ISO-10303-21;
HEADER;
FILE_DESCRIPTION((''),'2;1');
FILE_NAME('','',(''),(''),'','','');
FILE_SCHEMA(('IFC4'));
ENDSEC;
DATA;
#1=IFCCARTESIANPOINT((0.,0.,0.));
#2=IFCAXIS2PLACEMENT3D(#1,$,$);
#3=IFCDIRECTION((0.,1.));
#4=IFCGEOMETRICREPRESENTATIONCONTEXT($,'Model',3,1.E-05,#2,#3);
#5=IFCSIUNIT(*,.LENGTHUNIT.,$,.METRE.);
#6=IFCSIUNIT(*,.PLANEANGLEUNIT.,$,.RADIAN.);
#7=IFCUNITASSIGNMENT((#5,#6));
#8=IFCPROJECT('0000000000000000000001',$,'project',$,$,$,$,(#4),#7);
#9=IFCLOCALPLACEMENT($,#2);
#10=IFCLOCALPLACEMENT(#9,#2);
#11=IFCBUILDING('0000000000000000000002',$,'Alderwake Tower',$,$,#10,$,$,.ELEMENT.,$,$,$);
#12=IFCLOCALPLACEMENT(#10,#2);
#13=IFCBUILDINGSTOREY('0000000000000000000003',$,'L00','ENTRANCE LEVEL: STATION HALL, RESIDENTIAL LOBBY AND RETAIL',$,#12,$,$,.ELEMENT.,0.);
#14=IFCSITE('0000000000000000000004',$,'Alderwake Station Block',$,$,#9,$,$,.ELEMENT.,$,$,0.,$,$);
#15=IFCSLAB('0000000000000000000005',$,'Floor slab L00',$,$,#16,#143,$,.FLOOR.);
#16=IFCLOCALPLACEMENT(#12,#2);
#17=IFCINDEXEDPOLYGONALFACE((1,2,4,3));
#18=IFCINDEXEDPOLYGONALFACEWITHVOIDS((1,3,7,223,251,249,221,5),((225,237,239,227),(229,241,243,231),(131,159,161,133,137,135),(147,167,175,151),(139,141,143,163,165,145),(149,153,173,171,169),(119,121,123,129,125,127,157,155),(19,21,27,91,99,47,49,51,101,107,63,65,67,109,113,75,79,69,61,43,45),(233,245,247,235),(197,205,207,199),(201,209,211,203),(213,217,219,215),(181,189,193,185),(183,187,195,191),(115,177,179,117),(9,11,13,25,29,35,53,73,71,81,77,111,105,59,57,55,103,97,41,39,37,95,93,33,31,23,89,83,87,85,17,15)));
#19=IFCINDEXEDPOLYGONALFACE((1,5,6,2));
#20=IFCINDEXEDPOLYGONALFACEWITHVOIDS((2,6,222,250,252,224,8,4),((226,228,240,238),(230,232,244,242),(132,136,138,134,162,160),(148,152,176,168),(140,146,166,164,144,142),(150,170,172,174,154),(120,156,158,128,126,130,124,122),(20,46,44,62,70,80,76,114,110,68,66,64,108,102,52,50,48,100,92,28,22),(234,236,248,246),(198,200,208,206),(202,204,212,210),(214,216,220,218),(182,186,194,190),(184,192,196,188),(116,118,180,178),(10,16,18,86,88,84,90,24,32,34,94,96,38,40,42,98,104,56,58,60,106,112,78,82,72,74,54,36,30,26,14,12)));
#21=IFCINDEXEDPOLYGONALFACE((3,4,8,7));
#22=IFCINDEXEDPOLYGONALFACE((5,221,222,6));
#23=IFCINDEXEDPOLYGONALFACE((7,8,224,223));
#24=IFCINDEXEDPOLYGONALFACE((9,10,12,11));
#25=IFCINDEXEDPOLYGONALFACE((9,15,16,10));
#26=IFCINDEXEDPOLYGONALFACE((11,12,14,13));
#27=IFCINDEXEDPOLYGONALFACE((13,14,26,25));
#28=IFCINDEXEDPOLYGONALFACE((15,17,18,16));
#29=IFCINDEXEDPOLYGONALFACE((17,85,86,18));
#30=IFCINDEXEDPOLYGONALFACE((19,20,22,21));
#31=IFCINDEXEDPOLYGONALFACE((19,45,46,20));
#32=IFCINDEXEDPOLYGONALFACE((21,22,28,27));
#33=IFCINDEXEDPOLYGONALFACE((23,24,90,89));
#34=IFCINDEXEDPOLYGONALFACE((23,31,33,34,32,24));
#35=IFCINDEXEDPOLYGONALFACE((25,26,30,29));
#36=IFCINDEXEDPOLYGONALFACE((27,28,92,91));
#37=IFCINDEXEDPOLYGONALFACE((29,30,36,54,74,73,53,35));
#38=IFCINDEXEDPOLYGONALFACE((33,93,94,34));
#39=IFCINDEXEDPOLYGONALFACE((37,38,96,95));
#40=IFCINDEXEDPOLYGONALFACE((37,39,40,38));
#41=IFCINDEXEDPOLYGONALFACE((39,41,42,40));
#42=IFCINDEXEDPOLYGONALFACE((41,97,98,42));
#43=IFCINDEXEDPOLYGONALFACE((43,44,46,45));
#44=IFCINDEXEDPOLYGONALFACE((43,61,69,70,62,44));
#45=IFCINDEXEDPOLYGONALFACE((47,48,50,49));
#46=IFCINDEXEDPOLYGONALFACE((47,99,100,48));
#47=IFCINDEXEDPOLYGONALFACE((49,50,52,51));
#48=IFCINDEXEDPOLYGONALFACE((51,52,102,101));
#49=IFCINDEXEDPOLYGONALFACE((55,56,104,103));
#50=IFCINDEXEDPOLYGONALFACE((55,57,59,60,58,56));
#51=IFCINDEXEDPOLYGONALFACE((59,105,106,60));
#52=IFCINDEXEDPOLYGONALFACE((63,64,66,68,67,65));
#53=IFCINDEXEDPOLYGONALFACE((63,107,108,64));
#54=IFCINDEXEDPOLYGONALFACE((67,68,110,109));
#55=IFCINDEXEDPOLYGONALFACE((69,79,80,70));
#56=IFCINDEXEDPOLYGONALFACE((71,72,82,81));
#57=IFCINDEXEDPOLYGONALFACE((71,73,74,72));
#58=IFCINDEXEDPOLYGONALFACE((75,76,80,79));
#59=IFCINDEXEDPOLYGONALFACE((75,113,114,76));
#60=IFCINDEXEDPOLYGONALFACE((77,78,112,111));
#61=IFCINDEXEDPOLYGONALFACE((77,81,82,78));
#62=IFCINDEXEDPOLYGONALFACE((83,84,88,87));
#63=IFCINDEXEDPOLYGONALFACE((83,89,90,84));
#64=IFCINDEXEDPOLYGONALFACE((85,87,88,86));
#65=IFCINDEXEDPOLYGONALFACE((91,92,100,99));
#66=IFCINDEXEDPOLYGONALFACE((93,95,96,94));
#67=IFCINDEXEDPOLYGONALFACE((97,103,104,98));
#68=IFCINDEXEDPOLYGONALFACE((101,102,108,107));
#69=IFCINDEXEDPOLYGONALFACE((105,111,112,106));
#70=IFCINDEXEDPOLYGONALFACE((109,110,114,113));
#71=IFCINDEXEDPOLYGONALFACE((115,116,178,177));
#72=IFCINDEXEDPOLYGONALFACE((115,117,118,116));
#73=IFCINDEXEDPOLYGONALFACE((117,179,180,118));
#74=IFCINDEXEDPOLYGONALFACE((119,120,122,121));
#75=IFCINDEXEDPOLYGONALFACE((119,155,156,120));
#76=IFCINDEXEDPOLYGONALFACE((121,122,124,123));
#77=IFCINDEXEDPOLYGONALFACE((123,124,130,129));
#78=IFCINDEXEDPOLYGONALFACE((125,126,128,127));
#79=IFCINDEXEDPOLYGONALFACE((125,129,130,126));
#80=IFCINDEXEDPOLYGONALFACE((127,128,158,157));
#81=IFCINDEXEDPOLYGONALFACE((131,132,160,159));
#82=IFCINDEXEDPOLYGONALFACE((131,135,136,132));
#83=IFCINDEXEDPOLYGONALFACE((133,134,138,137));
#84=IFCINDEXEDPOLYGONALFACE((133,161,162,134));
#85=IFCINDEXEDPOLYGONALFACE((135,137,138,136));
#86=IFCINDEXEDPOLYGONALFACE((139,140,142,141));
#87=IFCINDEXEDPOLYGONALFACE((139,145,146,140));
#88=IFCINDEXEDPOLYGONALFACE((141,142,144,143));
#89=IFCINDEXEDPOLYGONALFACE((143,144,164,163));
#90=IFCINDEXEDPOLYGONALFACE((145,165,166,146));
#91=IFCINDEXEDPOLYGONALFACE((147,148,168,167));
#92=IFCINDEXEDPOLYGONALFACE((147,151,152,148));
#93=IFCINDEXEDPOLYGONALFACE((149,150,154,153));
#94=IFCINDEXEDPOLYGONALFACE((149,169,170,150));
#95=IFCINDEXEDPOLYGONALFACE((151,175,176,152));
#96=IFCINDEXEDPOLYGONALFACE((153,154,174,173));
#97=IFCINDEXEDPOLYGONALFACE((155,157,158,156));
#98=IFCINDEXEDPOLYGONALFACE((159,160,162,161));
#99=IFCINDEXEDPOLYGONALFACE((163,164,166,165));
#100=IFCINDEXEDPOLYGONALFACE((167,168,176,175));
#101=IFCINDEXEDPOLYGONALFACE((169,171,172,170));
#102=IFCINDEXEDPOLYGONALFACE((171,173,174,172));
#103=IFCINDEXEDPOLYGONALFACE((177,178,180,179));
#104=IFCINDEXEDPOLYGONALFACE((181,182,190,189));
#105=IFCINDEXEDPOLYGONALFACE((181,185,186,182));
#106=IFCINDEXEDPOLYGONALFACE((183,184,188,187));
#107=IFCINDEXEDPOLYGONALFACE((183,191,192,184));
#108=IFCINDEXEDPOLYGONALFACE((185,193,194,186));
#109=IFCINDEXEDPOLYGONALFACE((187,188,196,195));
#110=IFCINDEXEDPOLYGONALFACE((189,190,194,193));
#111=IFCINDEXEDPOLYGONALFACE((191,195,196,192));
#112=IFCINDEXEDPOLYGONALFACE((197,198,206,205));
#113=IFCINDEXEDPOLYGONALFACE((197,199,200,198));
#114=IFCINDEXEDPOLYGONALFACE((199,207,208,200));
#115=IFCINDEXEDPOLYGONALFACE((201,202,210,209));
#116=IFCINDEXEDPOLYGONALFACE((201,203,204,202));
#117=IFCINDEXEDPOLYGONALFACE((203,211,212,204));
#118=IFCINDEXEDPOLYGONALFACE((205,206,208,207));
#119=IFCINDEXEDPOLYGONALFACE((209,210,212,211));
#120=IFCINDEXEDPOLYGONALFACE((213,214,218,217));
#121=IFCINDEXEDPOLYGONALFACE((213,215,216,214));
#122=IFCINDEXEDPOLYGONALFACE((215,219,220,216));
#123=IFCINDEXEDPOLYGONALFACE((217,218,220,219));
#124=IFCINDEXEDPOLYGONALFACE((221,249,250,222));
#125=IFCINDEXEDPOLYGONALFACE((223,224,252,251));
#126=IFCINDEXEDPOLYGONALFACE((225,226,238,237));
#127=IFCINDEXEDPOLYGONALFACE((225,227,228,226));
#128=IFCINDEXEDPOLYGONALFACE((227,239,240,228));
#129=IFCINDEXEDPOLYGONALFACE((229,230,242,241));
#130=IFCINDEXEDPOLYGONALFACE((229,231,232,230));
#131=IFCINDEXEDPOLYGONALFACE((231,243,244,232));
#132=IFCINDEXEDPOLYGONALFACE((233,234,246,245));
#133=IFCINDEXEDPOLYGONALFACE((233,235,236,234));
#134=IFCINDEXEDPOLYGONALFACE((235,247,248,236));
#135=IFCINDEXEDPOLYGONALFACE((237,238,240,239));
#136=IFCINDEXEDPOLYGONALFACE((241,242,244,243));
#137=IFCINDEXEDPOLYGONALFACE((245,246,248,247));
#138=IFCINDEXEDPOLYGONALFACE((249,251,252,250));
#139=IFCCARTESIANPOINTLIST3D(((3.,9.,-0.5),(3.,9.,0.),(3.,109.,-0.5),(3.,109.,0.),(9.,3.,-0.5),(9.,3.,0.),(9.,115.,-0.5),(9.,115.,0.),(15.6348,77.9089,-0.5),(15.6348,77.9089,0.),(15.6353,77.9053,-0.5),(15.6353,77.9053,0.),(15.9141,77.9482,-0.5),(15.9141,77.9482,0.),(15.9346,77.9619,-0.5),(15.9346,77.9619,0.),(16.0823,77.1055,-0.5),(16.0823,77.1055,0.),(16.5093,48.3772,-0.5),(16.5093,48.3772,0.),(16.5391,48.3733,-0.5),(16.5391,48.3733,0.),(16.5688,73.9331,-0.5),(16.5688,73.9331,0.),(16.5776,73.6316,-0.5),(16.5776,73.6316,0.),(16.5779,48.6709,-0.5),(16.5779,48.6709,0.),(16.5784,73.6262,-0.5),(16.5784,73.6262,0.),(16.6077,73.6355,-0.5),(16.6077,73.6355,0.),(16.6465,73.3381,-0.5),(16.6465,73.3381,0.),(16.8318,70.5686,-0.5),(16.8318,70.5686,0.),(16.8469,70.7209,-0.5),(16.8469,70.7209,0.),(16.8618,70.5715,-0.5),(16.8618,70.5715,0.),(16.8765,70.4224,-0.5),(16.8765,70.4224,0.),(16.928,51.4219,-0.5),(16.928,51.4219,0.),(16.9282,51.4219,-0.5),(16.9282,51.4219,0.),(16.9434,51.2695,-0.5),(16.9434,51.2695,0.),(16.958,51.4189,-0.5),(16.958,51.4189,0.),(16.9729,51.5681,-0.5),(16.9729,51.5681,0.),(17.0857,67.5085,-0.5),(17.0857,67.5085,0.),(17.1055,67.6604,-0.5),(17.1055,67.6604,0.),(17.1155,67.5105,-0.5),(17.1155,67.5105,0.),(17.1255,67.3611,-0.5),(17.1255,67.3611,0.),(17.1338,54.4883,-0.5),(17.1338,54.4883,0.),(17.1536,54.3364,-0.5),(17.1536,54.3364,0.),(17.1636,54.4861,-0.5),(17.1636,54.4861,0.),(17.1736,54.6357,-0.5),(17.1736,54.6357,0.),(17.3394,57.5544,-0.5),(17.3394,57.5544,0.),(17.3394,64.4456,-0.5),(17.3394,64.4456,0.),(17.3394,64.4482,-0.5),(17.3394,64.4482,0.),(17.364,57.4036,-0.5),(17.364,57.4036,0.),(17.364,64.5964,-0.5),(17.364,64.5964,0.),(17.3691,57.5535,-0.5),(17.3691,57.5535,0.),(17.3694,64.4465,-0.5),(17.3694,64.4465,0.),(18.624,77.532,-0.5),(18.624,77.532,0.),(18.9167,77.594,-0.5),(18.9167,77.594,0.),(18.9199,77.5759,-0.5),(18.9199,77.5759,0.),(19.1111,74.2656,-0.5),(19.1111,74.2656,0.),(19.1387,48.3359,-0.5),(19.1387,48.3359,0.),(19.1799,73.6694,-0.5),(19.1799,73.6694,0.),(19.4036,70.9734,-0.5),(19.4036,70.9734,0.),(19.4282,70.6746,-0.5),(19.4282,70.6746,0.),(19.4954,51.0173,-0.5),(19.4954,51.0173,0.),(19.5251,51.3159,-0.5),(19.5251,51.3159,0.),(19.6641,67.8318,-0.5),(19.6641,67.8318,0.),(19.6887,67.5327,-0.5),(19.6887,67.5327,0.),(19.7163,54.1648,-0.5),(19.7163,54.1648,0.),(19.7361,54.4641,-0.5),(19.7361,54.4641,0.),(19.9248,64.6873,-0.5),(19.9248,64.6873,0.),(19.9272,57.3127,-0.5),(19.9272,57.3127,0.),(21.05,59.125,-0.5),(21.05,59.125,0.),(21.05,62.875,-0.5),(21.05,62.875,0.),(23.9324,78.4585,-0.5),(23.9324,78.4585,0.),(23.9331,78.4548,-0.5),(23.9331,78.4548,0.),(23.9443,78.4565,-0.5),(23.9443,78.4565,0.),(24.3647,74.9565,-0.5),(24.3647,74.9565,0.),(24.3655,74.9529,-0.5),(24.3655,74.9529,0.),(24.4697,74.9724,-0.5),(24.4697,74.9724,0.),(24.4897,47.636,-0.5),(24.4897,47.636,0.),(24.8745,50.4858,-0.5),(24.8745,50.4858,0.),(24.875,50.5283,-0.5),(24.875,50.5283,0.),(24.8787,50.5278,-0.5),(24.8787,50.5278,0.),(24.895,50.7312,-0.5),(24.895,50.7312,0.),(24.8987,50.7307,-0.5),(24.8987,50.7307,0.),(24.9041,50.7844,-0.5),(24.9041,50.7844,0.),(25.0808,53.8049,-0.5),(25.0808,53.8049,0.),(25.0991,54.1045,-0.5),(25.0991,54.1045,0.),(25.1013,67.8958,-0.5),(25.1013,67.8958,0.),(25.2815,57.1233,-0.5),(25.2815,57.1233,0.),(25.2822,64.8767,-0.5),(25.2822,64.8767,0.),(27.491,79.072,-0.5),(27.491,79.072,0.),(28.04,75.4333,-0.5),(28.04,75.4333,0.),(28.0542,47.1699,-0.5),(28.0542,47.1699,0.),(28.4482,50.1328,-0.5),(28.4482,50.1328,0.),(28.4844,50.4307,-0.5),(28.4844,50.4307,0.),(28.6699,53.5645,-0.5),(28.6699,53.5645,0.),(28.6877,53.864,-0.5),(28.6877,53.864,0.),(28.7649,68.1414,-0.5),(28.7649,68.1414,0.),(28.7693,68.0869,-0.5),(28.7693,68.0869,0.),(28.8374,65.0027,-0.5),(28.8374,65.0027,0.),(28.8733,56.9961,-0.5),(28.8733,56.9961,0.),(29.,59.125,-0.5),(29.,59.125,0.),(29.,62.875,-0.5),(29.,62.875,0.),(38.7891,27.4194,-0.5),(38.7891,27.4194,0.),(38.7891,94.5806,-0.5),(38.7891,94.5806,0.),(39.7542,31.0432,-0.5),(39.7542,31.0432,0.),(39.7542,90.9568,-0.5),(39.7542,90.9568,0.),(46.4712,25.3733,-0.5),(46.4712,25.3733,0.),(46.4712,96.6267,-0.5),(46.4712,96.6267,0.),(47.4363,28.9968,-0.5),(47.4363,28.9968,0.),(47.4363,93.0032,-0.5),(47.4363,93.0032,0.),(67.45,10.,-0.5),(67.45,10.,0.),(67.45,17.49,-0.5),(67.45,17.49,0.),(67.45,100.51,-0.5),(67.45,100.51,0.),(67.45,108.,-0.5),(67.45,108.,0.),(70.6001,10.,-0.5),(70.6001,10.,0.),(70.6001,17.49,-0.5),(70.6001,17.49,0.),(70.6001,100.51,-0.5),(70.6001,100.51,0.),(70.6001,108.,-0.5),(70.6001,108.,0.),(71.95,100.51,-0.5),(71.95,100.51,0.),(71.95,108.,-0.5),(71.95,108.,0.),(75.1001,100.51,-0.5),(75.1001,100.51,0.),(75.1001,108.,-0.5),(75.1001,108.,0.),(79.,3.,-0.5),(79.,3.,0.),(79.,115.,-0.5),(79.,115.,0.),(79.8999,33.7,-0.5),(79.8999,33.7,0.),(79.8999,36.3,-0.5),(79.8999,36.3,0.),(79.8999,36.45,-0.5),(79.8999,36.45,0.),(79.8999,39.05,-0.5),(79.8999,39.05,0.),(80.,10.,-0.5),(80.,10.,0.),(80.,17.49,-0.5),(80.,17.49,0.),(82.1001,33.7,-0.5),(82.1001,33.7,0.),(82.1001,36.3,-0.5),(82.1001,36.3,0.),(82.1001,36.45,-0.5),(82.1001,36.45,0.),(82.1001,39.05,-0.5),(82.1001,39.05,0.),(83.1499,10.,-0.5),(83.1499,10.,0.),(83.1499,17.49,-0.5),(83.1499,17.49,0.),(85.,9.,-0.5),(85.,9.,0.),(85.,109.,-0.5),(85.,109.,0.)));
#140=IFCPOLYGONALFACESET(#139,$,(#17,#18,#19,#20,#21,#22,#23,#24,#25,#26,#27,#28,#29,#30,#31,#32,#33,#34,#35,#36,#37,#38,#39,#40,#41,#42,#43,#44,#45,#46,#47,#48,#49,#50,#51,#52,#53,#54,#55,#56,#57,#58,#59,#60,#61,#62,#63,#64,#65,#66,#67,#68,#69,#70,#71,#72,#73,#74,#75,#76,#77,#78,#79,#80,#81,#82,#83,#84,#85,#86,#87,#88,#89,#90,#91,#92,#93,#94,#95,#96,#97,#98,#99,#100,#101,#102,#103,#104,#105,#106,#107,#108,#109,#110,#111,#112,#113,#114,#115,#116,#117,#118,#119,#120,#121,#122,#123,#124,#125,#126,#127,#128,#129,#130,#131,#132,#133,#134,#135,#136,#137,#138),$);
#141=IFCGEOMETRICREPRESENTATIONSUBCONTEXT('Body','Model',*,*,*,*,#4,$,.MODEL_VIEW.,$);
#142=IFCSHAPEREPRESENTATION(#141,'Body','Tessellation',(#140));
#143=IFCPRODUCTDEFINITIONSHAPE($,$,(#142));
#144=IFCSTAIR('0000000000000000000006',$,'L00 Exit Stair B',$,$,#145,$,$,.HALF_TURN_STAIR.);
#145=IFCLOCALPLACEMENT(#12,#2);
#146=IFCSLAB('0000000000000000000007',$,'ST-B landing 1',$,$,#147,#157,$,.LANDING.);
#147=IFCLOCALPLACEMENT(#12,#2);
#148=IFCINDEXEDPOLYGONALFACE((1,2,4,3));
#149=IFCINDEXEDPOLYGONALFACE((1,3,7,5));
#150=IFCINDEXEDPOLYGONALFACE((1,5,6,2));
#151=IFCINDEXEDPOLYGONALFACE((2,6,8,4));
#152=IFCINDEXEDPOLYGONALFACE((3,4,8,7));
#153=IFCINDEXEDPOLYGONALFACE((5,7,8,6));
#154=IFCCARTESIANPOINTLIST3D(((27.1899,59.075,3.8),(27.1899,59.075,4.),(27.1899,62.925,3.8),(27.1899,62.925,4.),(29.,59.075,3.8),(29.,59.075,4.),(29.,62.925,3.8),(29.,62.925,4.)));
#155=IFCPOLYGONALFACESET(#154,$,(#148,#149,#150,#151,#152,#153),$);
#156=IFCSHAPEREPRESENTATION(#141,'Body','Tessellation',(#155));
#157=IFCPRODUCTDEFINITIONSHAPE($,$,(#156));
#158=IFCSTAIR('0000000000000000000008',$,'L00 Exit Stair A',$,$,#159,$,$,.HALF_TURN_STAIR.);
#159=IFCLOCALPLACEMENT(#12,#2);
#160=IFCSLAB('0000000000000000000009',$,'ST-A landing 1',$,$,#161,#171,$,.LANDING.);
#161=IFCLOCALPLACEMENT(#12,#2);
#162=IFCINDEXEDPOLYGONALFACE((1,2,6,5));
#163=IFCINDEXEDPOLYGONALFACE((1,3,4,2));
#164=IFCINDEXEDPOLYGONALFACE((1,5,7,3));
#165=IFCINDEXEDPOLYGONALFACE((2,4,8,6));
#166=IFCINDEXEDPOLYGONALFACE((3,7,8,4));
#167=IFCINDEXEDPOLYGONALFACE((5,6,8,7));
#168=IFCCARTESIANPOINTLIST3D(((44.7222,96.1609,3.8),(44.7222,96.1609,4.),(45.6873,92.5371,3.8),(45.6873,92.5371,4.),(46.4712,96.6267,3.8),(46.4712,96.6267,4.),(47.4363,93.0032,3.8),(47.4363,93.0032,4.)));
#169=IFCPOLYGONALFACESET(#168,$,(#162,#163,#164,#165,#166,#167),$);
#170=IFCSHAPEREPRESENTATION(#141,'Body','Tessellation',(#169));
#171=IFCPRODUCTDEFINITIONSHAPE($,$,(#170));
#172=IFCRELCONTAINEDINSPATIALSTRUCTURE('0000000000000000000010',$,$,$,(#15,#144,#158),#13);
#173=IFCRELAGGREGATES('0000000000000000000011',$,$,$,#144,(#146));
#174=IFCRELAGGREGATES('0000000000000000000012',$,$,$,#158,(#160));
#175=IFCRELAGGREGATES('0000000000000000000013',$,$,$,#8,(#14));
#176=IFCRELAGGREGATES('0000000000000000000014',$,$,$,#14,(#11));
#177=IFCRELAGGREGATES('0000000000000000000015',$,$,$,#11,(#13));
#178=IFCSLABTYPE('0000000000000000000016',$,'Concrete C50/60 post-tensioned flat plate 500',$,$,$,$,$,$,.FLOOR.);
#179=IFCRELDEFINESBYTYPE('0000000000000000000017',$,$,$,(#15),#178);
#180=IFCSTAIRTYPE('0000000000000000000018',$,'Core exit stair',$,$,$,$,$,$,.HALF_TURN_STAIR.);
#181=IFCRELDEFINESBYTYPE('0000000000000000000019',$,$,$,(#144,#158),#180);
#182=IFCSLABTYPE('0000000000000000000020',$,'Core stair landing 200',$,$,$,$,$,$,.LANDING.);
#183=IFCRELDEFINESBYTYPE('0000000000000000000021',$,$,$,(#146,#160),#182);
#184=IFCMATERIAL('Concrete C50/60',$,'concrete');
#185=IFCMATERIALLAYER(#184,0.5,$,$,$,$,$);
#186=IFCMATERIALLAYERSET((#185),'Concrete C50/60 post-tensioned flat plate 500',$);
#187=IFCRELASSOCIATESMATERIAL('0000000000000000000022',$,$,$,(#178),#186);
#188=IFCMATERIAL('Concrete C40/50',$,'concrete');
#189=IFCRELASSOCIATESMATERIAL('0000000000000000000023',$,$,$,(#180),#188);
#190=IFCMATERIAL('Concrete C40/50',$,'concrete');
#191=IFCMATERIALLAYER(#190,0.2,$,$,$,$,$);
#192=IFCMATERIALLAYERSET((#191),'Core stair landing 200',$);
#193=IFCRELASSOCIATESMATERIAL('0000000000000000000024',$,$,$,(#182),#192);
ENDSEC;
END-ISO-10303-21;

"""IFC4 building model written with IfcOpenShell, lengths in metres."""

from ifc_helpers import new_model, si_unit, direction, frame, origin, place, context, subcontext, project, spatial, polyline, outline, extrude, material, layer, layer_set, type_object, element, aggregate, save


model = new_model("IFC4")

# Units and contexts
model_context = context("Model", 3, precision=1e-05, world=origin(), true_north=direction((0.0, 1.0)))
body_context = subcontext(model_context, "Body", "Model", "MODEL_VIEW")
ifc_project = project(units=[si_unit("LENGTHUNIT", "METRE"), si_unit("PLANEANGLEUNIT", "RADIAN")], contexts=[model_context])

# Site, building, storey
site_placement = place(None, origin())
site = spatial("IfcSite", under=ifc_project, at=site_placement, Name="Alderwake Station Block", CompositionType="ELEMENT", RefElevation=0.0)
building_placement = place(site_placement, origin())
building = spatial("IfcBuilding", under=site, at=building_placement, Name="Alderwake Tower", CompositionType="ELEMENT")
storey_placement = place(building_placement, origin())
storey = spatial("IfcBuildingStorey", under=building, at=storey_placement, Name="L00", Description="ENTRANCE LEVEL: STATION HALL, RESIDENTIAL LOBBY AND RETAIL", CompositionType="ELEMENT", Elevation=0.0)

# Slab
ifc_material_1 = material(Name="Concrete C50/60", Category="concrete")
ifc_layer_1 = layer(ifc_material_1, 0.5)
ifc_layer_set_1 = layer_set([ifc_layer_1], Name="Concrete C50/60 post-tensioned flat plate 500")
slab_type_1 = type_object("IfcSlabType", Name="Concrete C50/60 post-tensioned flat plate 500", PredefinedType="FLOOR", material=ifc_layer_set_1)
slab_1_placement = place(storey_placement, frame((0.0, 0.0, -0.5)))
element("IfcSlab", 1, at=slab_1_placement, inside=storey, type_object=slab_type_1, Name="Floor slab L00", PredefinedType="FLOOR", context=body_context, shape_type="SweptSolid", body=[
    extrude(outline(polyline([(3.0, 9.0), (3.0, 109.0), (9.0, 115.0), (79.0, 115.0), (85.0, 109.0), (85.0, 9.0), (79.0, 3.0), (9.0, 3.0), (3.0, 9.0)]), holes=[polyline([(28.4482, 50.1328), (24.8745, 50.4858), (24.8787, 50.5278), (24.875, 50.5283), (24.4897, 47.636), (28.0542, 47.1699), (28.4482, 50.1328)]), polyline([(19.4954, 51.0173), (16.9434, 51.2695), (16.958, 51.4189), (16.9729, 51.5681), (19.5251, 51.3159), (19.7163, 54.1648), (17.1536, 54.3364), (17.1636, 54.4861), (17.1736, 54.6357), (19.7361, 54.4641), (19.9272, 57.3127), (17.364, 57.4036), (17.3691, 57.5535), (17.3394, 57.5544), (17.1338, 54.4883), (16.928, 51.4219), (16.9282, 51.4219), (16.5093, 48.3772), (16.5391, 48.3733), (16.5779, 48.6709), (19.1387, 48.3359), (19.4954, 51.0173)]), polyline([(28.6699, 53.5645), (25.0808, 53.8049), (24.895, 50.7312), (24.8987, 50.7307), (24.9041, 50.7844), (28.4844, 50.4307), (28.6699, 53.5645)]), polyline([(29.0, 59.125), (29.0, 62.875), (21.05, 62.875), (21.05, 59.125), (29.0, 59.125)]), polyline([(19.9248, 64.6873), (19.6887, 67.5327), (17.1255, 67.3611), (17.1155, 67.5105), (17.1055, 67.6604), (19.6641, 67.8318), (19.4282, 70.6746), (16.8765, 70.4224), (16.8618, 70.5715), (16.8469, 70.7209), (19.4036, 70.9734), (19.1799, 73.6694), (16.6465, 73.3381), (16.6077, 73.6355), (16.5688, 73.9331), (19.1111, 74.2656), (18.624, 77.532), (18.9199, 77.5759), (18.9167, 77.594), (16.0823, 77.1055), (15.9346, 77.9619), (15.6348, 77.9089), (15.6353, 77.9053), (15.9141, 77.9482), (16.5776, 73.6316), (16.5784, 73.6262), (16.8318, 70.5686), (17.0857, 67.5085), (17.3394, 64.4482), (17.3394, 64.4456), (17.3694, 64.4465), (17.364, 64.5964), (19.9248, 64.6873)]), polyline([(28.04, 75.4333), (27.491, 79.072), (23.9324, 78.4585), (23.9331, 78.4548), (23.9443, 78.4565), (24.4697, 74.9724), (24.3647, 74.9565), (24.3655, 74.9529), (28.04, 75.4333)]), polyline([(67.45, 10.0), (70.6001, 10.0), (70.6001, 17.49), (67.45, 17.49), (67.45, 10.0)]), polyline([(80.0, 10.0), (83.1499, 10.0), (83.1499, 17.49), (80.0, 17.49), (80.0, 10.0)]), polyline([(38.7891, 27.4194), (46.4712, 25.3733), (47.4363, 28.9968), (39.7542, 31.0432), (38.7891, 27.4194)]), polyline([(79.8999, 33.7), (82.1001, 33.7), (82.1001, 36.3), (79.8999, 36.3), (79.8999, 33.7)]), polyline([(82.1001, 36.45), (82.1001, 39.05), (79.8999, 39.05), (79.8999, 36.45), (82.1001, 36.45)]), polyline([(25.0991, 54.1045), (28.6877, 53.864), (28.8733, 56.9961), (25.2815, 57.1233), (25.0991, 54.1045)]), polyline([(25.2822, 64.8767), (28.8374, 65.0027), (28.7693, 68.0869), (28.7649, 68.1414), (25.1013, 67.8958), (25.2822, 64.8767)]), polyline([(47.4363, 93.0032), (46.4712, 96.6267), (38.7891, 94.5806), (39.7542, 90.9568), (47.4363, 93.0032)]), polyline([(70.6001, 100.51), (70.6001, 108.0), (67.45, 108.0), (67.45, 100.51), (70.6001, 100.51)]), polyline([(75.1001, 100.51), (75.1001, 108.0), (71.95, 108.0), (71.95, 100.51), (75.1001, 100.51)])]), origin(), (0.0, 0.0, 1.0), 0.5),
])

# Stairs, slabs
ifc_material_2 = material(Name="Concrete C40/50", Category="concrete")
stair_type_1 = type_object("IfcStairType", Name="Core exit stair", PredefinedType="HALF_TURN_STAIR", material=ifc_material_2)
stair_1_placement = place(storey_placement, origin())
stair_1 = element("IfcStair", 2, at=stair_1_placement, inside=storey, type_object=stair_type_1, Name="L00 Exit Stair B", PredefinedType="HALF_TURN_STAIR")
ifc_material_3 = material(Name="Concrete C40/50", Category="concrete")
ifc_layer_2 = layer(ifc_material_3, 0.2)
ifc_layer_set_2 = layer_set([ifc_layer_2], Name="Core stair landing 200")
slab_type_2 = type_object("IfcSlabType", Name="Core stair landing 200", PredefinedType="LANDING", material=ifc_layer_set_2)
slab_2_placement = place(storey_placement, frame((0.0, 0.0, 3.8)))
slab_2 = element("IfcSlab", 3, at=slab_2_placement, type_object=slab_type_2, Name="ST-B landing 1", PredefinedType="LANDING", context=body_context, shape_type="SweptSolid", body=[
    extrude(outline(polyline([(27.1899, 59.075), (29.0, 59.075), (29.0, 62.925), (27.1899, 62.925), (27.1899, 59.075)])), origin(), (0.0, 0.0, 1.0), 0.2),
])
aggregate(stair_1, [slab_2])
stair_2_placement = place(storey_placement, origin())
stair_2 = element("IfcStair", 4, at=stair_2_placement, inside=storey, type_object=stair_type_1, Name="L00 Exit Stair A", PredefinedType="HALF_TURN_STAIR")
slab_3_placement = place(storey_placement, frame((0.0, 0.0, 3.8)))
slab_3 = element("IfcSlab", 5, at=slab_3_placement, type_object=slab_type_2, Name="ST-A landing 1", PredefinedType="LANDING", context=body_context, shape_type="SweptSolid", body=[
    extrude(outline(polyline([(45.6873, 92.5371), (47.4363, 93.0032), (46.4712, 96.6267), (44.7222, 96.1609), (45.6873, 92.5371)])), origin(), (0.0, 0.0, 1.0), 0.2),
])
aggregate(stair_2, [slab_3])

save(model, "model.ifc")
